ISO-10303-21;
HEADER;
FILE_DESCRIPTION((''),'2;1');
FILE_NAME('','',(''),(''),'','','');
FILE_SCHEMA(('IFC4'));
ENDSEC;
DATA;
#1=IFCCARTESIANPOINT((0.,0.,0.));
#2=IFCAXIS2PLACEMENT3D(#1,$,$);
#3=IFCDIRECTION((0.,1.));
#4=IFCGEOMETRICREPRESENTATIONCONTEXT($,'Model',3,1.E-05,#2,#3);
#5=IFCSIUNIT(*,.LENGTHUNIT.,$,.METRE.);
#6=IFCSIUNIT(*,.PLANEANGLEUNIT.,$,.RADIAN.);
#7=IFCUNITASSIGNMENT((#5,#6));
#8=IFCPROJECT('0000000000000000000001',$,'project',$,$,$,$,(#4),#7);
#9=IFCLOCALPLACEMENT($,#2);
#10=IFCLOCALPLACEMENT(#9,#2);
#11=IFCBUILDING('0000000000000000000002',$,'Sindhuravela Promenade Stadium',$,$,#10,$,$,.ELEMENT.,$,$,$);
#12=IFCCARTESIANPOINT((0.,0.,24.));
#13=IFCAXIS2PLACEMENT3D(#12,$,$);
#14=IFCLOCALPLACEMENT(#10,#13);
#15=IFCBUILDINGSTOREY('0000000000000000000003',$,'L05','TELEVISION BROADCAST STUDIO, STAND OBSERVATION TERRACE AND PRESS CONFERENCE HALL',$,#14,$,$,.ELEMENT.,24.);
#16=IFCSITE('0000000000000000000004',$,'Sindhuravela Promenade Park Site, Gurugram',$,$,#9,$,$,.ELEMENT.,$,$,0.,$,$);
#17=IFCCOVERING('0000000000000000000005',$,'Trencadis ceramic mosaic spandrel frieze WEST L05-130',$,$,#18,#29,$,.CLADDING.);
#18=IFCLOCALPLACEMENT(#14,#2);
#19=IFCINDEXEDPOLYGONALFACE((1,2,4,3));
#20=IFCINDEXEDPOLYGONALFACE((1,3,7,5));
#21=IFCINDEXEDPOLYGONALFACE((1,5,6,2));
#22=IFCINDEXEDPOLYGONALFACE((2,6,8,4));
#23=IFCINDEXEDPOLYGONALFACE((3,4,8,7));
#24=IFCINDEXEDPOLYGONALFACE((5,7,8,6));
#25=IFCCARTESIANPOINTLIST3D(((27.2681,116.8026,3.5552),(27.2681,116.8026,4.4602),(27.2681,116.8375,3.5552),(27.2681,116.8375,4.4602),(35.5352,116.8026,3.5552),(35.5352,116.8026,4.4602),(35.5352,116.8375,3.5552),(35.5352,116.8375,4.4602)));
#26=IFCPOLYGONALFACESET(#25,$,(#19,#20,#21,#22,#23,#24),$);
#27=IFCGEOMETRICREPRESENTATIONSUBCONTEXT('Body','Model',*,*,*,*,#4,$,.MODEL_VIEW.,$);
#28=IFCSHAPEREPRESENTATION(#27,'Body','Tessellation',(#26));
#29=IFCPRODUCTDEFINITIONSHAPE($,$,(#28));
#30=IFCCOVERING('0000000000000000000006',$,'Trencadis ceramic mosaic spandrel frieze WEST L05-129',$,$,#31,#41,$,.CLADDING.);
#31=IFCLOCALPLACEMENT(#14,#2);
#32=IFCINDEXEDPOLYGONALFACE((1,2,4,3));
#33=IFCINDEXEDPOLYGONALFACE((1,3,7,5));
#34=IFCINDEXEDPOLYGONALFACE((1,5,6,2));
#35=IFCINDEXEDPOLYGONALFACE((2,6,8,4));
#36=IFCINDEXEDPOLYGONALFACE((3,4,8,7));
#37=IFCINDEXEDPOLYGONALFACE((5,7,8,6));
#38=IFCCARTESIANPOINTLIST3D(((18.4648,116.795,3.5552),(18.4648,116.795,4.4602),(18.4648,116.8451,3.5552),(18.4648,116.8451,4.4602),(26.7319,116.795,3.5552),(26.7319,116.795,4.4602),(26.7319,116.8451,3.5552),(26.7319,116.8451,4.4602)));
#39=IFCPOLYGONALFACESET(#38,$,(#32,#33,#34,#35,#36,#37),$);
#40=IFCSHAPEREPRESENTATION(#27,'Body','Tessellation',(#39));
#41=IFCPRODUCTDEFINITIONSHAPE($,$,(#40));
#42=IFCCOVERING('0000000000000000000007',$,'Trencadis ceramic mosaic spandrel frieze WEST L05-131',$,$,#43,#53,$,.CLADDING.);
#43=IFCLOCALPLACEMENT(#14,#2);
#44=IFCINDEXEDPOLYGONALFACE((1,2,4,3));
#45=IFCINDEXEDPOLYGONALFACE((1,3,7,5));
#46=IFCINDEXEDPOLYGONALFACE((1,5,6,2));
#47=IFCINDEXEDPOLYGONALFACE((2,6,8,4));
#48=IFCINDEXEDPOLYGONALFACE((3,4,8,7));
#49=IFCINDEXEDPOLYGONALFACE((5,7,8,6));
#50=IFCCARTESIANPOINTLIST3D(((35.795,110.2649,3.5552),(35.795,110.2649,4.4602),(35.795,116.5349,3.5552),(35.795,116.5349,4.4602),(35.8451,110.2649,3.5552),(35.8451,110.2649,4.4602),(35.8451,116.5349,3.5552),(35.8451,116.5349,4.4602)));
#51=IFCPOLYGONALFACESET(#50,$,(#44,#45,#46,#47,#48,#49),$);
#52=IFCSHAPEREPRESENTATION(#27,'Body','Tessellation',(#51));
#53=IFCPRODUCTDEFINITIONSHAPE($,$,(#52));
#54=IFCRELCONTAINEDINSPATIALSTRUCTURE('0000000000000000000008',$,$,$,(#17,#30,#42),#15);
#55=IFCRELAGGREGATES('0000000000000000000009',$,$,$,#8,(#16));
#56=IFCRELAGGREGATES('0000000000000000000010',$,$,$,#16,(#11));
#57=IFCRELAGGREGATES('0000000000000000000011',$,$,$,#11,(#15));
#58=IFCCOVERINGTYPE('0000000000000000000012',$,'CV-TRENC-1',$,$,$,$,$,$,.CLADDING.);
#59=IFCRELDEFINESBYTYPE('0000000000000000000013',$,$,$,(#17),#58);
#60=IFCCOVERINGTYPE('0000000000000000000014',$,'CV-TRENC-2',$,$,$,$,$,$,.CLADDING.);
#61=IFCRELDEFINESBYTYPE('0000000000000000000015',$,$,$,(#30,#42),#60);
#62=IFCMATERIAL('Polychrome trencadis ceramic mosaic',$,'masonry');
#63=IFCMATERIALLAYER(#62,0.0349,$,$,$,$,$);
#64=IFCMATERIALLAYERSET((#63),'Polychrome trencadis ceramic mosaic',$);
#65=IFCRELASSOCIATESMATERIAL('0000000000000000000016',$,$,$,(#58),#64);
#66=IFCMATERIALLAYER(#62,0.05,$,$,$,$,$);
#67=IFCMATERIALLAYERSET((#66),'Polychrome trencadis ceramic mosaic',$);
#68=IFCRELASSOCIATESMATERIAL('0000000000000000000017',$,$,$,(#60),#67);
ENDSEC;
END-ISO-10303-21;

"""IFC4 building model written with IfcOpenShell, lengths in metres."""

from ifc_helpers import new_model, si_unit, direction, frame, origin, origin_2d, place, context, subcontext, project, spatial, rectangle, extrude, material, layer, layer_set, type_object, element, save


model = new_model("IFC4")

# Units and contexts
model_context = context("Model", 3, precision=1e-05, world=origin(), true_north=direction((0.0, 1.0)))
body_context = subcontext(model_context, "Body", "Model", "MODEL_VIEW")
ifc_project = project(units=[si_unit("LENGTHUNIT", "METRE"), si_unit("PLANEANGLEUNIT", "RADIAN")], contexts=[model_context])

# Site, building, storey
site_placement = place(None, origin())
site = spatial("IfcSite", under=ifc_project, at=site_placement, Name="Sindhuravela Promenade Park Site, Gurugram", CompositionType="ELEMENT", RefElevation=0.0)
building_placement = place(site_placement, origin())
building = spatial("IfcBuilding", under=site, at=building_placement, Name="Sindhuravela Promenade Stadium", CompositionType="ELEMENT")
storey_placement = place(building_placement, frame((0.0, 0.0, 24.0)))
storey = spatial("IfcBuildingStorey", under=building, at=storey_placement, Name="L05", Description="TELEVISION BROADCAST STUDIO, STAND OBSERVATION TERRACE AND PRESS CONFERENCE HALL", CompositionType="ELEMENT", Elevation=24.0)

# Coverings
ifc_material_1 = material(Name="Polychrome trencadis ceramic mosaic", Category="masonry")
ifc_layer_1 = layer(ifc_material_1, 0.0349)
ifc_layer_set_1 = layer_set([ifc_layer_1], Name="Polychrome trencadis ceramic mosaic")
covering_type_1 = type_object("IfcCoveringType", Name="CV-TRENC-1", PredefinedType="CLADDING", material=ifc_layer_set_1)
covering_1_placement = place(storey_placement, frame((31.4016, 116.8201, 3.5552), z_axis=(0.0, 0.0, 1.0), x_axis=(1.0, 0.0, 0.0)))
element("IfcCovering", 1, at=covering_1_placement, inside=storey, type_object=covering_type_1, Name="Trencadis ceramic mosaic spandrel frieze WEST L05-130", PredefinedType="CLADDING", context=body_context, shape_type="SweptSolid", body=[
    extrude(rectangle(XDim=8.2671, YDim=0.0349, at=origin_2d()), origin(), (0.0, 0.0, 1.0), 0.905),
])
ifc_layer_2 = layer(ifc_material_1, 0.05)
ifc_layer_set_2 = layer_set([ifc_layer_2], Name="Polychrome trencadis ceramic mosaic")
covering_type_2 = type_object("IfcCoveringType", Name="CV-TRENC-2", PredefinedType="CLADDING", material=ifc_layer_set_2)
covering_2_placement = place(storey_placement, frame((22.5984, 116.8201, 3.5552), z_axis=(0.0, 0.0, 1.0), x_axis=(1.0, 0.0, 0.0)))
element("IfcCovering", 2, at=covering_2_placement, inside=storey, type_object=covering_type_2, Name="Trencadis ceramic mosaic spandrel frieze WEST L05-129", PredefinedType="CLADDING", context=body_context, shape_type="SweptSolid", body=[
    extrude(rectangle(XDim=8.2671, YDim=0.05, at=origin_2d()), origin(), (0.0, 0.0, 1.0), 0.905),
])
covering_3_placement = place(storey_placement, frame((35.8201, 113.3999, 3.5552), z_axis=(0.0, 0.0, 1.0), x_axis=(0.0, -1.0, 0.0)))
element("IfcCovering", 3, at=covering_3_placement, inside=storey, type_object=covering_type_2, Name="Trencadis ceramic mosaic spandrel frieze WEST L05-131", PredefinedType="CLADDING", context=body_context, shape_type="SweptSolid", body=[
    extrude(rectangle(XDim=6.27, YDim=0.05, at=origin_2d()), origin(), (0.0, 0.0, 1.0), 0.905),
])

save(model, "model.ifc")
